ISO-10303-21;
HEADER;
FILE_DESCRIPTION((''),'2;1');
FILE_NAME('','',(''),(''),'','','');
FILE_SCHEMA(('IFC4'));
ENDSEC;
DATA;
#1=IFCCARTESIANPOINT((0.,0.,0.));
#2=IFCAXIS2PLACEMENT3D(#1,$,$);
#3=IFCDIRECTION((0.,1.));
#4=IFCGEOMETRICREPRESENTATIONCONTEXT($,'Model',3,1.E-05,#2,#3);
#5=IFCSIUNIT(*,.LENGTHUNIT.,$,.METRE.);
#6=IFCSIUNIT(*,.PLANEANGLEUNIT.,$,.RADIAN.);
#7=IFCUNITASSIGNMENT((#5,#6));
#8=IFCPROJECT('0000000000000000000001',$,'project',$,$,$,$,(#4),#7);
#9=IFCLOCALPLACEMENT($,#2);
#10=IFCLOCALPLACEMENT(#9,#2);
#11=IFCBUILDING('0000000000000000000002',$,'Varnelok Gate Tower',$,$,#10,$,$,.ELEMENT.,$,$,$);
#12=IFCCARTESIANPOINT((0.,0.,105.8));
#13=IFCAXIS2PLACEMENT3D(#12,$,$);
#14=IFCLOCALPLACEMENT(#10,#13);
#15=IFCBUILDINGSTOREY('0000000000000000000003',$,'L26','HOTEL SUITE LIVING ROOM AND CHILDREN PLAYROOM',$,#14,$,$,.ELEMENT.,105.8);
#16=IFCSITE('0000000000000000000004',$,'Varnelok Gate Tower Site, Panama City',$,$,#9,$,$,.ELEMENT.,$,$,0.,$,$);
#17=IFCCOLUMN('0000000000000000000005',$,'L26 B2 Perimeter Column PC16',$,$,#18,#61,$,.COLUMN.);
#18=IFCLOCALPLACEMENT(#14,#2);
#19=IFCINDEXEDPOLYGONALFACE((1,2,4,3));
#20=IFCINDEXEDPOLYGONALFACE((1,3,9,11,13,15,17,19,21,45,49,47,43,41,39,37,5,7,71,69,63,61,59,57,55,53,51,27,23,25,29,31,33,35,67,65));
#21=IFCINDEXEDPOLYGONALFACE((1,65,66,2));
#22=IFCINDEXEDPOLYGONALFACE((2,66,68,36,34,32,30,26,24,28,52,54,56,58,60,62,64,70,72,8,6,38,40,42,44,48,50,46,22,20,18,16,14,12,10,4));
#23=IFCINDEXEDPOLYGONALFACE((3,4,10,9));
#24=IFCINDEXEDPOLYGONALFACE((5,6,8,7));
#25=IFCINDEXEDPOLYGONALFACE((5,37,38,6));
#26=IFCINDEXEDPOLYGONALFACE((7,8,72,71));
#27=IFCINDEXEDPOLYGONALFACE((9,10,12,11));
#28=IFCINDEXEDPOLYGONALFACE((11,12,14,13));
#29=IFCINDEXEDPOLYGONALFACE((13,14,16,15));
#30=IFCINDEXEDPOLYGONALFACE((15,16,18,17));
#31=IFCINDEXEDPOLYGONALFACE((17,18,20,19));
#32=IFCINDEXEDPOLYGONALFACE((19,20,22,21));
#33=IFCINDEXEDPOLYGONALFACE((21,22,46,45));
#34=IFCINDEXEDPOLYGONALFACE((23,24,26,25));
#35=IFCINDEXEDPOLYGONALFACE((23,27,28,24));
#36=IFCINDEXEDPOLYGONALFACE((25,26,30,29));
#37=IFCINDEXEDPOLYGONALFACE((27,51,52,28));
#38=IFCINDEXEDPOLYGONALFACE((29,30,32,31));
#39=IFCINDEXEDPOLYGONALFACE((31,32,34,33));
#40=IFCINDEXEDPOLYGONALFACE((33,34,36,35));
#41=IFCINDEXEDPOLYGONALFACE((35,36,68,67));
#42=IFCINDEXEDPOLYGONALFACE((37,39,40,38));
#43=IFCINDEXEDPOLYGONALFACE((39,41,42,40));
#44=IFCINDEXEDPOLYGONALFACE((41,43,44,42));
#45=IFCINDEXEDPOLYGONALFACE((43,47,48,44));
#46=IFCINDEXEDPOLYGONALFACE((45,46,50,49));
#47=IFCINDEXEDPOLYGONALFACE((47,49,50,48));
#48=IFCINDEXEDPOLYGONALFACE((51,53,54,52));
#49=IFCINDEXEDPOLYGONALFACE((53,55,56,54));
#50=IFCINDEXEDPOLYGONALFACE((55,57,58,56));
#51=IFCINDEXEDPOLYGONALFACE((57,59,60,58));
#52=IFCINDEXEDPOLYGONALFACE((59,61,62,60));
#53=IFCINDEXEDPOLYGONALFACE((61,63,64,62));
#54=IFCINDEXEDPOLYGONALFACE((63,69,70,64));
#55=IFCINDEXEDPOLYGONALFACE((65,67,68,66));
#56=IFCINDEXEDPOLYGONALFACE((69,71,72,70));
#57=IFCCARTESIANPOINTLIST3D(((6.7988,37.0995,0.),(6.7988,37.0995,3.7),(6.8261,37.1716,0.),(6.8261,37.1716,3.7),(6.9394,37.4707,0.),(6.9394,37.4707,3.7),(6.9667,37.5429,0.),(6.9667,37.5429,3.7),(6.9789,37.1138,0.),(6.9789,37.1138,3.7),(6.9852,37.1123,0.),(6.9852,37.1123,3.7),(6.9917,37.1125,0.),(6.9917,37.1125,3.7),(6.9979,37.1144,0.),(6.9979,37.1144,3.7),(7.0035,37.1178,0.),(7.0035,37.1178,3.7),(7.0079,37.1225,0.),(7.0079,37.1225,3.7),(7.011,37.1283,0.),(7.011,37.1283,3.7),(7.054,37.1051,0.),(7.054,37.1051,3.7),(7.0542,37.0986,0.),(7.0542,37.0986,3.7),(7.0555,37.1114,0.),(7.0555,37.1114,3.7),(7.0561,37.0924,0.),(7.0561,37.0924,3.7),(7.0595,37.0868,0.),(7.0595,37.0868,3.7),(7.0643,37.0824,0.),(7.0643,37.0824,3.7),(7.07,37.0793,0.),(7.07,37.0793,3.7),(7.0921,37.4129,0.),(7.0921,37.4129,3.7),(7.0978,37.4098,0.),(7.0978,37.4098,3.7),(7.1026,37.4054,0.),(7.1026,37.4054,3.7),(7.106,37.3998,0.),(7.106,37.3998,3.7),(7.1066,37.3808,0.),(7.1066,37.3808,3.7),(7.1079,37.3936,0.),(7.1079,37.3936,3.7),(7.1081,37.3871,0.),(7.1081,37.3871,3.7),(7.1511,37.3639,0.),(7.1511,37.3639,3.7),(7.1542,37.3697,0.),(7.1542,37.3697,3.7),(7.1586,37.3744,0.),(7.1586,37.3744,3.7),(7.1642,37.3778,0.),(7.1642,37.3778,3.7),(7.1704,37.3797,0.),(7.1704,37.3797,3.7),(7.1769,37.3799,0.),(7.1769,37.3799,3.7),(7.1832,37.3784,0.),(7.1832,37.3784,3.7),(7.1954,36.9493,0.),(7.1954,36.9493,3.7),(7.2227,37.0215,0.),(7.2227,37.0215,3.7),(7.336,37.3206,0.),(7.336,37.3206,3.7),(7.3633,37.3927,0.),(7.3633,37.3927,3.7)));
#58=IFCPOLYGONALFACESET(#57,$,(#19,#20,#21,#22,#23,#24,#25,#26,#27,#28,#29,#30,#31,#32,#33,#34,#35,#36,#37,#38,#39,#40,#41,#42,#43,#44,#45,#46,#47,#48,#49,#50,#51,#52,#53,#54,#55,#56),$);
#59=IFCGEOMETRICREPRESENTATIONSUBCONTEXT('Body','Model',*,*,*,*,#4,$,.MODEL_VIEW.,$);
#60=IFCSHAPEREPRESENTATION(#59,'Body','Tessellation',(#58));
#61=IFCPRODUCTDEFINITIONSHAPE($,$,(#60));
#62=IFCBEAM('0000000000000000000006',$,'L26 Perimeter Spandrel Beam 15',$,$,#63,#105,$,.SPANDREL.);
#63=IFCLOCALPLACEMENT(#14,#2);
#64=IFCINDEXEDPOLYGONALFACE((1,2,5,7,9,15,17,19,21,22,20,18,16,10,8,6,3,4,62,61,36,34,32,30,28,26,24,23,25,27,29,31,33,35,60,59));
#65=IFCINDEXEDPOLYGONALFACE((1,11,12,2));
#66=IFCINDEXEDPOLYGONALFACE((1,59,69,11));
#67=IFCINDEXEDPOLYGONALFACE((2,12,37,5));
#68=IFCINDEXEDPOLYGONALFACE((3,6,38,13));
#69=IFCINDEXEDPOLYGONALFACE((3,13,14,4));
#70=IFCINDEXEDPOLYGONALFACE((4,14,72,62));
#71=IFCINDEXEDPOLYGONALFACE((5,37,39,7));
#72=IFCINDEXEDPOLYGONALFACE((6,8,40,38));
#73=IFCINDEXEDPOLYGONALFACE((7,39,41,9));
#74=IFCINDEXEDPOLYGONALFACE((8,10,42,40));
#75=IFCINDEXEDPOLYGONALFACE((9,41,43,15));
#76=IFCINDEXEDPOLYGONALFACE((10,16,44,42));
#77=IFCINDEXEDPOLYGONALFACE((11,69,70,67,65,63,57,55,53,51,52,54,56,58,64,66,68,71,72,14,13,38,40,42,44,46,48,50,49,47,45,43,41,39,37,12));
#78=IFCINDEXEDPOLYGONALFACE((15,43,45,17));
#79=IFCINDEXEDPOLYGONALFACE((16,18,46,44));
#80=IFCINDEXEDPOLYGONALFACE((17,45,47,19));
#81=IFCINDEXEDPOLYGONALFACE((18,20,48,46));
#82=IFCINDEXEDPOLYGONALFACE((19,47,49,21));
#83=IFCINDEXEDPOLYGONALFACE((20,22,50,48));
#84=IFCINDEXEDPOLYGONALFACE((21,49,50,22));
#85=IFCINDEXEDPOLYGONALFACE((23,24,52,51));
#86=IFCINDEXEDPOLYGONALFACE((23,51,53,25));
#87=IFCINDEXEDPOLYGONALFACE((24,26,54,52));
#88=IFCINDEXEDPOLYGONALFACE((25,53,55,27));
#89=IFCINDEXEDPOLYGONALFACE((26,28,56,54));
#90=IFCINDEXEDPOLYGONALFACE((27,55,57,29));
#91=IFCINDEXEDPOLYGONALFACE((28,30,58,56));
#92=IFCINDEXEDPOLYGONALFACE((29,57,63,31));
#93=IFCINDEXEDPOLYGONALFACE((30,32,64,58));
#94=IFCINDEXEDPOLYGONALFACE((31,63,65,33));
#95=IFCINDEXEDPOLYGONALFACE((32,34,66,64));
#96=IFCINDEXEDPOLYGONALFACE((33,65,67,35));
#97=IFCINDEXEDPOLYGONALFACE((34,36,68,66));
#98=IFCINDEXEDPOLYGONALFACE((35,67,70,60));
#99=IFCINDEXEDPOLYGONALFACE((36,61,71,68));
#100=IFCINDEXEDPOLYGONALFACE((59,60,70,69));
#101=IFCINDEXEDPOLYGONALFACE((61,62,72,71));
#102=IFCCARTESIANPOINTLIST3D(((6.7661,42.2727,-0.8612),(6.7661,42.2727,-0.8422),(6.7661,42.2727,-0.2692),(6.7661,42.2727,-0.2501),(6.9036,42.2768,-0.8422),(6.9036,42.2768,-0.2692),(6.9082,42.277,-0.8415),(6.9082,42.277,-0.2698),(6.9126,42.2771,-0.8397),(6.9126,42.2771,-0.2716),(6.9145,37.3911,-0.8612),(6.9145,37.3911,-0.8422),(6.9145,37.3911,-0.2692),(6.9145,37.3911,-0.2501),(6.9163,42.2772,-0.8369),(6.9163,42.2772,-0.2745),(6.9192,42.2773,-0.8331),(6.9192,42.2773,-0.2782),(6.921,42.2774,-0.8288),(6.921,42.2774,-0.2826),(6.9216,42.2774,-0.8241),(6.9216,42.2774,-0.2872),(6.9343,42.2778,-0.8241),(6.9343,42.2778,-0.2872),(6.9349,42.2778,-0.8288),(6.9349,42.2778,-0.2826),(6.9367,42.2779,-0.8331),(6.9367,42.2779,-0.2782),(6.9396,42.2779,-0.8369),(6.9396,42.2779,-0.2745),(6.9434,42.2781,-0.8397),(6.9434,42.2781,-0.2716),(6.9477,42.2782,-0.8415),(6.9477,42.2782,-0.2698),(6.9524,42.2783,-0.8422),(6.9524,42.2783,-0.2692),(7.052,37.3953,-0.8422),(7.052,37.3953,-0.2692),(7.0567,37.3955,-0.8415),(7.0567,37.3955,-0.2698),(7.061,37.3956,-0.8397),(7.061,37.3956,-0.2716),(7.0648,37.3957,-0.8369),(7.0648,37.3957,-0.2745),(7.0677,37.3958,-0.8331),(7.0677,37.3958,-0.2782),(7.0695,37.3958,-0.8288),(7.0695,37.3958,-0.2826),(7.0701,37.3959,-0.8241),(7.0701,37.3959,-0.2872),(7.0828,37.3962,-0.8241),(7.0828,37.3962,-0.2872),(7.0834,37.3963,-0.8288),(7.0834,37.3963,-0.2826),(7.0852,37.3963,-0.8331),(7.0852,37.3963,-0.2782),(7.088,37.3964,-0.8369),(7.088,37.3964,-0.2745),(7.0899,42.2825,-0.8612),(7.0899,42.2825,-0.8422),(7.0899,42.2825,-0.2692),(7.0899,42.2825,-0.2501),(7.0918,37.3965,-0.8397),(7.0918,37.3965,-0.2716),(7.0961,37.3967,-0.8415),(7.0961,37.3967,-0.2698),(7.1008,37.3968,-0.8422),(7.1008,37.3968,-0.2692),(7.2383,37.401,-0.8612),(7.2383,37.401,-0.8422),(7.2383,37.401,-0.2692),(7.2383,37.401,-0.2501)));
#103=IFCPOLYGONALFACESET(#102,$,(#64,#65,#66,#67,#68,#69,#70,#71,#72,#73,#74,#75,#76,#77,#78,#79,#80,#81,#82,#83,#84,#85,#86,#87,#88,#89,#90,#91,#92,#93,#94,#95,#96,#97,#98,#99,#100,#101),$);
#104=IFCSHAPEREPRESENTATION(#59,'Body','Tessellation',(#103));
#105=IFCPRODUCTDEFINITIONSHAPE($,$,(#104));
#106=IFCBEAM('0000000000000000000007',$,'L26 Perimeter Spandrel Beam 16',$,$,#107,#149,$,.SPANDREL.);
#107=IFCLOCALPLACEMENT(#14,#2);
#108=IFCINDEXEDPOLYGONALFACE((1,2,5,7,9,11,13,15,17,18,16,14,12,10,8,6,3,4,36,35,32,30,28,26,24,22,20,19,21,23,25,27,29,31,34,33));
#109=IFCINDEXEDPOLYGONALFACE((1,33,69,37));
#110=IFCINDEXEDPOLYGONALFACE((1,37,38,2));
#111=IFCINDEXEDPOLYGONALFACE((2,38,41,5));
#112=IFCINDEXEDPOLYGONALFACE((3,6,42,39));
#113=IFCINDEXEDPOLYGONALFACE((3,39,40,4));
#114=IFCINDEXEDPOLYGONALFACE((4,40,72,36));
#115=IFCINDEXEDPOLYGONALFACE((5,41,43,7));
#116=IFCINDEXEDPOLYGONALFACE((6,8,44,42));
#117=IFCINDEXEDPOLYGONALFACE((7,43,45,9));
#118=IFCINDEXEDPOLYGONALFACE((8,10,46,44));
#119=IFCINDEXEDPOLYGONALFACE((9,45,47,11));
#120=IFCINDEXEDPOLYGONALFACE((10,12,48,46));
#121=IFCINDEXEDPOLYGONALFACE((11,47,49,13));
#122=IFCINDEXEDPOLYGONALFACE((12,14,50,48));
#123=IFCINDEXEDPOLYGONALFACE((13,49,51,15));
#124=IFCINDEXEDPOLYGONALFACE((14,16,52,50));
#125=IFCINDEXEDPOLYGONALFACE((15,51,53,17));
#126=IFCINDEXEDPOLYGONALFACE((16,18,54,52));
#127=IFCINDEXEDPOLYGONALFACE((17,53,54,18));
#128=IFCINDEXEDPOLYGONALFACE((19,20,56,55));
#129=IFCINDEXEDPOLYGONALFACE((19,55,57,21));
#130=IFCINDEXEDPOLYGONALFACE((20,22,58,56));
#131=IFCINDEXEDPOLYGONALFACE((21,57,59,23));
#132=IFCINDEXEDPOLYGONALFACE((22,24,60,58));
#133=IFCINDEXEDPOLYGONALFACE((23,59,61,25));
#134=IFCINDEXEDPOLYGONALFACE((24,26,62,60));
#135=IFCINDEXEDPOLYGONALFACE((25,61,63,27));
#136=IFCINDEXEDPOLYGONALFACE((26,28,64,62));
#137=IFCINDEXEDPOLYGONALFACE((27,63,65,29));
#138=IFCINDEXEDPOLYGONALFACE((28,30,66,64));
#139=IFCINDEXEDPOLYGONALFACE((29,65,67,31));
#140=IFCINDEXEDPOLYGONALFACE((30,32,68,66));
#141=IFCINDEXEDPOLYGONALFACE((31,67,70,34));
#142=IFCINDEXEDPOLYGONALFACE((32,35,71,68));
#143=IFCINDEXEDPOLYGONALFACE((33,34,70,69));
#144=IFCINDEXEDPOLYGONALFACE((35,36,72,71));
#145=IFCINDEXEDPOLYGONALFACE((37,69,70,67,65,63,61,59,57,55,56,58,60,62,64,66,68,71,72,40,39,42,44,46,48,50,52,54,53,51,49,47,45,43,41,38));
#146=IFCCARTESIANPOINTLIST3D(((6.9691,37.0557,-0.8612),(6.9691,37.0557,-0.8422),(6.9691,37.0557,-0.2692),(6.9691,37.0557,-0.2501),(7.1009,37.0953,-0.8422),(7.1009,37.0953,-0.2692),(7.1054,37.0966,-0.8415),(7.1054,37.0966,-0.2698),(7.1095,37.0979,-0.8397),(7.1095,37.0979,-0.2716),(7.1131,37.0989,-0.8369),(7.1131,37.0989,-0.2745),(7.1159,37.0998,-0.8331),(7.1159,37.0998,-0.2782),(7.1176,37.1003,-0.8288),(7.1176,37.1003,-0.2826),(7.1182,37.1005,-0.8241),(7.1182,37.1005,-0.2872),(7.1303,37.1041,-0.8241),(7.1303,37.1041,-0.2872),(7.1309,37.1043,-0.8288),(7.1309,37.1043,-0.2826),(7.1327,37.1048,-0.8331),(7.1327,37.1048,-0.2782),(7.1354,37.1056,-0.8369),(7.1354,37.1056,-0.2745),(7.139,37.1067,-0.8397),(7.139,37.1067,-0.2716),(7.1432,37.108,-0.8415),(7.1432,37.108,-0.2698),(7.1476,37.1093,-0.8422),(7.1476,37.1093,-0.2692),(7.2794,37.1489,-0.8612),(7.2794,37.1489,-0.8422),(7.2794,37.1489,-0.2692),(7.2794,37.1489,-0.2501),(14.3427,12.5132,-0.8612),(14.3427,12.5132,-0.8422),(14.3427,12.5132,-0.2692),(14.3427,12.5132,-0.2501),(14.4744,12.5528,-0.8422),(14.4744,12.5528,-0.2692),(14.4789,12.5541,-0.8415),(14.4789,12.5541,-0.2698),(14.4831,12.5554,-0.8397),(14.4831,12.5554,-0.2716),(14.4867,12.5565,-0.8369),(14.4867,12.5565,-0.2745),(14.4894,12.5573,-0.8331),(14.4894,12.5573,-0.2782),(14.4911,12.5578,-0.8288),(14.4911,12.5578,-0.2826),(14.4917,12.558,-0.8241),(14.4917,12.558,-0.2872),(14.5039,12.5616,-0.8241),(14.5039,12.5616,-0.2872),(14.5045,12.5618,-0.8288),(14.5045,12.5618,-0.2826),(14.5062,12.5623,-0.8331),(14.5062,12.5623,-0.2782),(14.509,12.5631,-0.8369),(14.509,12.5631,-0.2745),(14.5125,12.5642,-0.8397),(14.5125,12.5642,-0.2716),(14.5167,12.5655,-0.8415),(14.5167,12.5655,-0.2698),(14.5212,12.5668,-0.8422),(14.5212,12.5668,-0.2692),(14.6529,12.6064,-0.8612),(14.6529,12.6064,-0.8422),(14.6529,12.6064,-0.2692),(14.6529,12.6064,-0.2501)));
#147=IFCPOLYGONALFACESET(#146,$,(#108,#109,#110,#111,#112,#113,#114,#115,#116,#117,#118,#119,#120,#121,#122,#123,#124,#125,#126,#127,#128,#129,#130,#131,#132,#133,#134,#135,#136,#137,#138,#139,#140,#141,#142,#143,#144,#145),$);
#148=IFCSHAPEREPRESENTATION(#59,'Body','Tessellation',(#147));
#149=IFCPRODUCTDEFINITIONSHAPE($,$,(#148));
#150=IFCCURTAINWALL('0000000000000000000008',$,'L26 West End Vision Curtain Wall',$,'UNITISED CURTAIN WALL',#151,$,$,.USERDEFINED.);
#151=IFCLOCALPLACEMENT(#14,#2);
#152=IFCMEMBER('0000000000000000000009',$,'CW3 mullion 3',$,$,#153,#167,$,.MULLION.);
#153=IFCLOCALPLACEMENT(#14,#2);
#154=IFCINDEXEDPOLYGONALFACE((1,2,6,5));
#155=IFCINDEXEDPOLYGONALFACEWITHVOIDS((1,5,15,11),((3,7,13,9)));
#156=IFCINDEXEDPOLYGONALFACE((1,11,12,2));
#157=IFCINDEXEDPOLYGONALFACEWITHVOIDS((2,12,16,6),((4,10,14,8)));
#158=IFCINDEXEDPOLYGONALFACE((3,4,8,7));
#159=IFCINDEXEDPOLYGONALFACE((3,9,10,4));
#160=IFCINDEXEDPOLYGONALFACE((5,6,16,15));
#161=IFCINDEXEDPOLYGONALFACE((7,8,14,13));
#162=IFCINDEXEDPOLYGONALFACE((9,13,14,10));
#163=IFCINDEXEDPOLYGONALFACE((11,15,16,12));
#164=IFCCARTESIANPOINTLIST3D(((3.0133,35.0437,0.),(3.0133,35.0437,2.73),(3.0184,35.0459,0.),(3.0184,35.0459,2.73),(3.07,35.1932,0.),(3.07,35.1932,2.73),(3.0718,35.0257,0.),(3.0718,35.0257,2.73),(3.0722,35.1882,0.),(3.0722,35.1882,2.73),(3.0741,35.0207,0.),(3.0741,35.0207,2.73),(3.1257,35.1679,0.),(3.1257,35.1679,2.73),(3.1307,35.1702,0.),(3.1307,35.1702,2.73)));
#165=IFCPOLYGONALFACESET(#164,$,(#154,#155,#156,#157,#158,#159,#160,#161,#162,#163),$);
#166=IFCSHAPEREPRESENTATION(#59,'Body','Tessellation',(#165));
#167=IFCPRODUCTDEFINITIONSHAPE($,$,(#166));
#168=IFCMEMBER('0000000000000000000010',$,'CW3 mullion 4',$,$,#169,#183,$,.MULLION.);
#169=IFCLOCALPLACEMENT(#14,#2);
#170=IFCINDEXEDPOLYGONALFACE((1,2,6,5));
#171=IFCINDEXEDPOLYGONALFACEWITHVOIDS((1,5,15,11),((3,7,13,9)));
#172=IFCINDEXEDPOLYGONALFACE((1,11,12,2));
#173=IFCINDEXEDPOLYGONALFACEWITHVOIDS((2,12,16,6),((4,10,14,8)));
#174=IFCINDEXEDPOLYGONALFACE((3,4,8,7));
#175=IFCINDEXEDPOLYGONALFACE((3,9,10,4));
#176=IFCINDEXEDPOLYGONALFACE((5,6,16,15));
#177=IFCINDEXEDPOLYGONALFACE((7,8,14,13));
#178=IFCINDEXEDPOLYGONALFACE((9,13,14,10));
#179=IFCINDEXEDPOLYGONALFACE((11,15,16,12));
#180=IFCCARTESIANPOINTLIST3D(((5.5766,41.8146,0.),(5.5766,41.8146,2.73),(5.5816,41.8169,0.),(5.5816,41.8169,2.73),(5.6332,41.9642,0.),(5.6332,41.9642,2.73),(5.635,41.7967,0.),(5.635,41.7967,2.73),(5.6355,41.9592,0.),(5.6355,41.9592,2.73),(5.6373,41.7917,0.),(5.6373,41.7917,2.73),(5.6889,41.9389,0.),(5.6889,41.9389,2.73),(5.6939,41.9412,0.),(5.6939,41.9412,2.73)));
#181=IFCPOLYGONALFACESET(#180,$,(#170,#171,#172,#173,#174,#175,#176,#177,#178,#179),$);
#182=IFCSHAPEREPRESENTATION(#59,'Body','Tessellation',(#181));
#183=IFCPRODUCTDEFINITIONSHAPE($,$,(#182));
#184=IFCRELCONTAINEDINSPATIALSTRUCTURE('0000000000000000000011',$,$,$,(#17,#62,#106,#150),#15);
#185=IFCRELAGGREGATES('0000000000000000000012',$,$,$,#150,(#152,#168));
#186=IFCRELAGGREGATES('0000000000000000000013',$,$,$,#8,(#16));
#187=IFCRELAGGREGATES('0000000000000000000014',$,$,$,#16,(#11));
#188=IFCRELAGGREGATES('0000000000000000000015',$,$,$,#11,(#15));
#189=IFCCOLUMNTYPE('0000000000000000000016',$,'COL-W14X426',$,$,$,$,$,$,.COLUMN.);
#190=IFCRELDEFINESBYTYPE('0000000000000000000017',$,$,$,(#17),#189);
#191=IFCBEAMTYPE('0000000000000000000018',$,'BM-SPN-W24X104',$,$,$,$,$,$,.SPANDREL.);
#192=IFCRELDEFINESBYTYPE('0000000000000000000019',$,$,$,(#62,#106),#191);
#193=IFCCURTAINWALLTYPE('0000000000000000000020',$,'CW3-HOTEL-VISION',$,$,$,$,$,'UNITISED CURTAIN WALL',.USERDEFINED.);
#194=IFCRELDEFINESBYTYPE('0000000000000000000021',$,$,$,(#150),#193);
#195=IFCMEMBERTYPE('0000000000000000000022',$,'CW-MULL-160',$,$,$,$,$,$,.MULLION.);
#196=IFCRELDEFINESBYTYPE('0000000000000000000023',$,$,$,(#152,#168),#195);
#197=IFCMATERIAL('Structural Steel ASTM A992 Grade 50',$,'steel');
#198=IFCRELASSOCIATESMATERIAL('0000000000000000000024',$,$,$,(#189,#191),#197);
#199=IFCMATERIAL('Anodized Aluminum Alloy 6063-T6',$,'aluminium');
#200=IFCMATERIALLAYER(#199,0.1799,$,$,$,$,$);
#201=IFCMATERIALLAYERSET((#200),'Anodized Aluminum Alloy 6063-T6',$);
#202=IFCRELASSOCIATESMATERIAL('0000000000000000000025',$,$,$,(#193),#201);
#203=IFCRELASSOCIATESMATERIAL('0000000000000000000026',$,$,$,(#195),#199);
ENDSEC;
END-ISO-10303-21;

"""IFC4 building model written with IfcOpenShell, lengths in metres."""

from ifc_helpers import new_model, si_unit, direction, frame, origin, origin_2d, place, context, subcontext, project, spatial, hollow_rectangle, i_section, extrude, material, layer, layer_set, material_profile, profile_set, type_object, element, aggregate, save


model = new_model("IFC4")

# Units and contexts
model_context = context("Model", 3, precision=1e-05, world=origin(), true_north=direction((0.0, 1.0)))
body_context = subcontext(model_context, "Body", "Model", "MODEL_VIEW")
ifc_project = project(units=[si_unit("LENGTHUNIT", "METRE"), si_unit("PLANEANGLEUNIT", "RADIAN")], contexts=[model_context])

# Site, building, storey
site_placement = place(None, origin())
site = spatial("IfcSite", under=ifc_project, at=site_placement, Name="Varnelok Gate Tower Site, Panama City", CompositionType="ELEMENT", RefElevation=0.0)
building_placement = place(site_placement, origin())
building = spatial("IfcBuilding", under=site, at=building_placement, Name="Varnelok Gate Tower", CompositionType="ELEMENT")
storey_placement = place(building_placement, frame((0.0, 0.0, 105.8)))
storey = spatial("IfcBuildingStorey", under=building, at=storey_placement, Name="L26", Description="HOTEL SUITE LIVING ROOM AND CHILDREN PLAYROOM", CompositionType="ELEMENT", Elevation=105.8)

# Column
ifc_material_1 = material(Name="Structural Steel ASTM A992 Grade 50", Category="steel")
ifc_material_profile_1 = material_profile(ifc_material_1, i_section(OverallWidth=0.4241, OverallDepth=0.4741, WebThickness=0.0476, FlangeThickness=0.0771, FilletRadius=0.0249, at=origin_2d()), Name="W14X426")
ifc_profile_set_1 = profile_set([ifc_material_profile_1], Name="Structural Steel ASTM A992 Grade 50")
column_type = type_object("IfcColumnType", Name="COL-W14X426", PredefinedType="COLUMN", material=ifc_profile_set_1)
column_placement = place(storey_placement, frame((7.0811, 37.2461, 0.0), z_axis=(0.0, 0.0, 1.0), x_axis=(0.935222, -0.354063, 0.0)))
element("IfcColumn", 1, at=column_placement, inside=storey, type_object=column_type, Name="L26 B2 Perimeter Column PC16", PredefinedType="COLUMN", context=body_context, shape_type="SweptSolid", body=[
    extrude(i_section(OverallWidth=0.4241, OverallDepth=0.4741, WebThickness=0.0476, FlangeThickness=0.0771, FilletRadius=0.0249, at=origin_2d()), origin(), (0.0, 0.0, 1.0), 3.7),
])

# Beams
ifc_material_profile_2 = material_profile(ifc_material_1, i_section(OverallWidth=0.324, OverallDepth=0.6111, WebThickness=0.0127, FlangeThickness=0.019, FilletRadius=0.0181, at=origin_2d()), Name="W24X104")
ifc_profile_set_2 = profile_set([ifc_material_profile_2], Name="Structural Steel ASTM A992 Grade 50")
beam_type = type_object("IfcBeamType", Name="BM-SPN-W24X104", PredefinedType="SPANDREL", material=ifc_profile_set_2)
beam_1_placement = place(storey_placement, frame((6.928, 42.2776, -0.5557), z_axis=(0.030394, -0.999538, 0.0), x_axis=(0.999538, 0.030394, 0.0)))
element("IfcBeam", 2, at=beam_1_placement, inside=storey, type_object=beam_type, Name="L26 Perimeter Spandrel Beam 15", PredefinedType="SPANDREL", context=body_context, shape_type="SweptSolid", body=[
    extrude(i_section(OverallWidth=0.324, OverallDepth=0.6111, WebThickness=0.0127, FlangeThickness=0.019, FilletRadius=0.0181, at=origin_2d()), origin(), (0.0, 0.0, 1.0), 4.8838),
])
beam_2_placement = place(storey_placement, frame((7.1243, 37.1023, -0.5557), z_axis=(0.287734, -0.95771, 0.0), x_axis=(0.95771, 0.287734, 0.0)))
element("IfcBeam", 3, at=beam_2_placement, inside=storey, type_object=beam_type, Name="L26 Perimeter Spandrel Beam 16", PredefinedType="SPANDREL", context=body_context, shape_type="SweptSolid", body=[
    extrude(i_section(OverallWidth=0.324, OverallDepth=0.6111, WebThickness=0.0127, FlangeThickness=0.019, FilletRadius=0.0181, at=origin_2d()), origin(), (0.0, 0.0, 1.0), 25.6262),
])

# Curtain wall, members
ifc_material_2 = material(Name="Anodized Aluminum Alloy 6063-T6", Category="aluminium")
ifc_layer_1 = layer(ifc_material_2, 0.1799)
ifc_layer_set_1 = layer_set([ifc_layer_1], Name="Anodized Aluminum Alloy 6063-T6")
curtain_wall_type = type_object("IfcCurtainWallType", Name="CW3-HOTEL-VISION", ElementType="UNITISED CURTAIN WALL", PredefinedType="USERDEFINED", material=ifc_layer_set_1)
curtain_wall_placement = place(storey_placement, origin())
curtain_wall = element("IfcCurtainWall", 4, at=curtain_wall_placement, inside=storey, type_object=curtain_wall_type, Name="L26 West End Vision Curtain Wall", ObjectType="UNITISED CURTAIN WALL", PredefinedType="USERDEFINED")
ifc_material_profile_3 = material_profile(ifc_material_2, hollow_rectangle(XDim=0.0649, YDim=0.1599, WallThickness=0.0039, at=origin_2d()), Name="ALU160X65X4")
ifc_profile_set_3 = profile_set([ifc_material_profile_3], Name="Anodized Aluminum Alloy 6063-T6")
member_type_1 = type_object("IfcMemberType", Name="CW-MULL-160", PredefinedType="MULLION", material=ifc_profile_set_3)
member_1_placement = place(storey_placement, frame((3.072, 35.1069, 0.0), z_axis=(0.0, 0.0, 1.0), x_axis=(-0.935221, 0.354064, 0.0)))
member_1 = element("IfcMember", 5, at=member_1_placement, type_object=member_type_1, Name="CW3 mullion 3", PredefinedType="MULLION", context=body_context, shape_type="SweptSolid", body=[
    extrude(hollow_rectangle(XDim=0.0649, YDim=0.1599, WallThickness=0.0039, at=origin_2d()), origin(), (0.0, 0.0, 1.0), 2.73),
])
member_2_placement = place(storey_placement, frame((5.6353, 41.8779, 0.0), z_axis=(0.0, 0.0, 1.0), x_axis=(-0.935221, 0.354064, 0.0)))
member_2 = element("IfcMember", 6, at=member_2_placement, type_object=member_type_1, Name="CW3 mullion 4", PredefinedType="MULLION", context=body_context, shape_type="SweptSolid", body=[
    extrude(hollow_rectangle(XDim=0.0649, YDim=0.1599, WallThickness=0.0039, at=origin_2d()), origin(), (0.0, 0.0, 1.0), 2.73),
])
aggregate(curtain_wall, [member_1, member_2])

save(model, "model.ifc")
